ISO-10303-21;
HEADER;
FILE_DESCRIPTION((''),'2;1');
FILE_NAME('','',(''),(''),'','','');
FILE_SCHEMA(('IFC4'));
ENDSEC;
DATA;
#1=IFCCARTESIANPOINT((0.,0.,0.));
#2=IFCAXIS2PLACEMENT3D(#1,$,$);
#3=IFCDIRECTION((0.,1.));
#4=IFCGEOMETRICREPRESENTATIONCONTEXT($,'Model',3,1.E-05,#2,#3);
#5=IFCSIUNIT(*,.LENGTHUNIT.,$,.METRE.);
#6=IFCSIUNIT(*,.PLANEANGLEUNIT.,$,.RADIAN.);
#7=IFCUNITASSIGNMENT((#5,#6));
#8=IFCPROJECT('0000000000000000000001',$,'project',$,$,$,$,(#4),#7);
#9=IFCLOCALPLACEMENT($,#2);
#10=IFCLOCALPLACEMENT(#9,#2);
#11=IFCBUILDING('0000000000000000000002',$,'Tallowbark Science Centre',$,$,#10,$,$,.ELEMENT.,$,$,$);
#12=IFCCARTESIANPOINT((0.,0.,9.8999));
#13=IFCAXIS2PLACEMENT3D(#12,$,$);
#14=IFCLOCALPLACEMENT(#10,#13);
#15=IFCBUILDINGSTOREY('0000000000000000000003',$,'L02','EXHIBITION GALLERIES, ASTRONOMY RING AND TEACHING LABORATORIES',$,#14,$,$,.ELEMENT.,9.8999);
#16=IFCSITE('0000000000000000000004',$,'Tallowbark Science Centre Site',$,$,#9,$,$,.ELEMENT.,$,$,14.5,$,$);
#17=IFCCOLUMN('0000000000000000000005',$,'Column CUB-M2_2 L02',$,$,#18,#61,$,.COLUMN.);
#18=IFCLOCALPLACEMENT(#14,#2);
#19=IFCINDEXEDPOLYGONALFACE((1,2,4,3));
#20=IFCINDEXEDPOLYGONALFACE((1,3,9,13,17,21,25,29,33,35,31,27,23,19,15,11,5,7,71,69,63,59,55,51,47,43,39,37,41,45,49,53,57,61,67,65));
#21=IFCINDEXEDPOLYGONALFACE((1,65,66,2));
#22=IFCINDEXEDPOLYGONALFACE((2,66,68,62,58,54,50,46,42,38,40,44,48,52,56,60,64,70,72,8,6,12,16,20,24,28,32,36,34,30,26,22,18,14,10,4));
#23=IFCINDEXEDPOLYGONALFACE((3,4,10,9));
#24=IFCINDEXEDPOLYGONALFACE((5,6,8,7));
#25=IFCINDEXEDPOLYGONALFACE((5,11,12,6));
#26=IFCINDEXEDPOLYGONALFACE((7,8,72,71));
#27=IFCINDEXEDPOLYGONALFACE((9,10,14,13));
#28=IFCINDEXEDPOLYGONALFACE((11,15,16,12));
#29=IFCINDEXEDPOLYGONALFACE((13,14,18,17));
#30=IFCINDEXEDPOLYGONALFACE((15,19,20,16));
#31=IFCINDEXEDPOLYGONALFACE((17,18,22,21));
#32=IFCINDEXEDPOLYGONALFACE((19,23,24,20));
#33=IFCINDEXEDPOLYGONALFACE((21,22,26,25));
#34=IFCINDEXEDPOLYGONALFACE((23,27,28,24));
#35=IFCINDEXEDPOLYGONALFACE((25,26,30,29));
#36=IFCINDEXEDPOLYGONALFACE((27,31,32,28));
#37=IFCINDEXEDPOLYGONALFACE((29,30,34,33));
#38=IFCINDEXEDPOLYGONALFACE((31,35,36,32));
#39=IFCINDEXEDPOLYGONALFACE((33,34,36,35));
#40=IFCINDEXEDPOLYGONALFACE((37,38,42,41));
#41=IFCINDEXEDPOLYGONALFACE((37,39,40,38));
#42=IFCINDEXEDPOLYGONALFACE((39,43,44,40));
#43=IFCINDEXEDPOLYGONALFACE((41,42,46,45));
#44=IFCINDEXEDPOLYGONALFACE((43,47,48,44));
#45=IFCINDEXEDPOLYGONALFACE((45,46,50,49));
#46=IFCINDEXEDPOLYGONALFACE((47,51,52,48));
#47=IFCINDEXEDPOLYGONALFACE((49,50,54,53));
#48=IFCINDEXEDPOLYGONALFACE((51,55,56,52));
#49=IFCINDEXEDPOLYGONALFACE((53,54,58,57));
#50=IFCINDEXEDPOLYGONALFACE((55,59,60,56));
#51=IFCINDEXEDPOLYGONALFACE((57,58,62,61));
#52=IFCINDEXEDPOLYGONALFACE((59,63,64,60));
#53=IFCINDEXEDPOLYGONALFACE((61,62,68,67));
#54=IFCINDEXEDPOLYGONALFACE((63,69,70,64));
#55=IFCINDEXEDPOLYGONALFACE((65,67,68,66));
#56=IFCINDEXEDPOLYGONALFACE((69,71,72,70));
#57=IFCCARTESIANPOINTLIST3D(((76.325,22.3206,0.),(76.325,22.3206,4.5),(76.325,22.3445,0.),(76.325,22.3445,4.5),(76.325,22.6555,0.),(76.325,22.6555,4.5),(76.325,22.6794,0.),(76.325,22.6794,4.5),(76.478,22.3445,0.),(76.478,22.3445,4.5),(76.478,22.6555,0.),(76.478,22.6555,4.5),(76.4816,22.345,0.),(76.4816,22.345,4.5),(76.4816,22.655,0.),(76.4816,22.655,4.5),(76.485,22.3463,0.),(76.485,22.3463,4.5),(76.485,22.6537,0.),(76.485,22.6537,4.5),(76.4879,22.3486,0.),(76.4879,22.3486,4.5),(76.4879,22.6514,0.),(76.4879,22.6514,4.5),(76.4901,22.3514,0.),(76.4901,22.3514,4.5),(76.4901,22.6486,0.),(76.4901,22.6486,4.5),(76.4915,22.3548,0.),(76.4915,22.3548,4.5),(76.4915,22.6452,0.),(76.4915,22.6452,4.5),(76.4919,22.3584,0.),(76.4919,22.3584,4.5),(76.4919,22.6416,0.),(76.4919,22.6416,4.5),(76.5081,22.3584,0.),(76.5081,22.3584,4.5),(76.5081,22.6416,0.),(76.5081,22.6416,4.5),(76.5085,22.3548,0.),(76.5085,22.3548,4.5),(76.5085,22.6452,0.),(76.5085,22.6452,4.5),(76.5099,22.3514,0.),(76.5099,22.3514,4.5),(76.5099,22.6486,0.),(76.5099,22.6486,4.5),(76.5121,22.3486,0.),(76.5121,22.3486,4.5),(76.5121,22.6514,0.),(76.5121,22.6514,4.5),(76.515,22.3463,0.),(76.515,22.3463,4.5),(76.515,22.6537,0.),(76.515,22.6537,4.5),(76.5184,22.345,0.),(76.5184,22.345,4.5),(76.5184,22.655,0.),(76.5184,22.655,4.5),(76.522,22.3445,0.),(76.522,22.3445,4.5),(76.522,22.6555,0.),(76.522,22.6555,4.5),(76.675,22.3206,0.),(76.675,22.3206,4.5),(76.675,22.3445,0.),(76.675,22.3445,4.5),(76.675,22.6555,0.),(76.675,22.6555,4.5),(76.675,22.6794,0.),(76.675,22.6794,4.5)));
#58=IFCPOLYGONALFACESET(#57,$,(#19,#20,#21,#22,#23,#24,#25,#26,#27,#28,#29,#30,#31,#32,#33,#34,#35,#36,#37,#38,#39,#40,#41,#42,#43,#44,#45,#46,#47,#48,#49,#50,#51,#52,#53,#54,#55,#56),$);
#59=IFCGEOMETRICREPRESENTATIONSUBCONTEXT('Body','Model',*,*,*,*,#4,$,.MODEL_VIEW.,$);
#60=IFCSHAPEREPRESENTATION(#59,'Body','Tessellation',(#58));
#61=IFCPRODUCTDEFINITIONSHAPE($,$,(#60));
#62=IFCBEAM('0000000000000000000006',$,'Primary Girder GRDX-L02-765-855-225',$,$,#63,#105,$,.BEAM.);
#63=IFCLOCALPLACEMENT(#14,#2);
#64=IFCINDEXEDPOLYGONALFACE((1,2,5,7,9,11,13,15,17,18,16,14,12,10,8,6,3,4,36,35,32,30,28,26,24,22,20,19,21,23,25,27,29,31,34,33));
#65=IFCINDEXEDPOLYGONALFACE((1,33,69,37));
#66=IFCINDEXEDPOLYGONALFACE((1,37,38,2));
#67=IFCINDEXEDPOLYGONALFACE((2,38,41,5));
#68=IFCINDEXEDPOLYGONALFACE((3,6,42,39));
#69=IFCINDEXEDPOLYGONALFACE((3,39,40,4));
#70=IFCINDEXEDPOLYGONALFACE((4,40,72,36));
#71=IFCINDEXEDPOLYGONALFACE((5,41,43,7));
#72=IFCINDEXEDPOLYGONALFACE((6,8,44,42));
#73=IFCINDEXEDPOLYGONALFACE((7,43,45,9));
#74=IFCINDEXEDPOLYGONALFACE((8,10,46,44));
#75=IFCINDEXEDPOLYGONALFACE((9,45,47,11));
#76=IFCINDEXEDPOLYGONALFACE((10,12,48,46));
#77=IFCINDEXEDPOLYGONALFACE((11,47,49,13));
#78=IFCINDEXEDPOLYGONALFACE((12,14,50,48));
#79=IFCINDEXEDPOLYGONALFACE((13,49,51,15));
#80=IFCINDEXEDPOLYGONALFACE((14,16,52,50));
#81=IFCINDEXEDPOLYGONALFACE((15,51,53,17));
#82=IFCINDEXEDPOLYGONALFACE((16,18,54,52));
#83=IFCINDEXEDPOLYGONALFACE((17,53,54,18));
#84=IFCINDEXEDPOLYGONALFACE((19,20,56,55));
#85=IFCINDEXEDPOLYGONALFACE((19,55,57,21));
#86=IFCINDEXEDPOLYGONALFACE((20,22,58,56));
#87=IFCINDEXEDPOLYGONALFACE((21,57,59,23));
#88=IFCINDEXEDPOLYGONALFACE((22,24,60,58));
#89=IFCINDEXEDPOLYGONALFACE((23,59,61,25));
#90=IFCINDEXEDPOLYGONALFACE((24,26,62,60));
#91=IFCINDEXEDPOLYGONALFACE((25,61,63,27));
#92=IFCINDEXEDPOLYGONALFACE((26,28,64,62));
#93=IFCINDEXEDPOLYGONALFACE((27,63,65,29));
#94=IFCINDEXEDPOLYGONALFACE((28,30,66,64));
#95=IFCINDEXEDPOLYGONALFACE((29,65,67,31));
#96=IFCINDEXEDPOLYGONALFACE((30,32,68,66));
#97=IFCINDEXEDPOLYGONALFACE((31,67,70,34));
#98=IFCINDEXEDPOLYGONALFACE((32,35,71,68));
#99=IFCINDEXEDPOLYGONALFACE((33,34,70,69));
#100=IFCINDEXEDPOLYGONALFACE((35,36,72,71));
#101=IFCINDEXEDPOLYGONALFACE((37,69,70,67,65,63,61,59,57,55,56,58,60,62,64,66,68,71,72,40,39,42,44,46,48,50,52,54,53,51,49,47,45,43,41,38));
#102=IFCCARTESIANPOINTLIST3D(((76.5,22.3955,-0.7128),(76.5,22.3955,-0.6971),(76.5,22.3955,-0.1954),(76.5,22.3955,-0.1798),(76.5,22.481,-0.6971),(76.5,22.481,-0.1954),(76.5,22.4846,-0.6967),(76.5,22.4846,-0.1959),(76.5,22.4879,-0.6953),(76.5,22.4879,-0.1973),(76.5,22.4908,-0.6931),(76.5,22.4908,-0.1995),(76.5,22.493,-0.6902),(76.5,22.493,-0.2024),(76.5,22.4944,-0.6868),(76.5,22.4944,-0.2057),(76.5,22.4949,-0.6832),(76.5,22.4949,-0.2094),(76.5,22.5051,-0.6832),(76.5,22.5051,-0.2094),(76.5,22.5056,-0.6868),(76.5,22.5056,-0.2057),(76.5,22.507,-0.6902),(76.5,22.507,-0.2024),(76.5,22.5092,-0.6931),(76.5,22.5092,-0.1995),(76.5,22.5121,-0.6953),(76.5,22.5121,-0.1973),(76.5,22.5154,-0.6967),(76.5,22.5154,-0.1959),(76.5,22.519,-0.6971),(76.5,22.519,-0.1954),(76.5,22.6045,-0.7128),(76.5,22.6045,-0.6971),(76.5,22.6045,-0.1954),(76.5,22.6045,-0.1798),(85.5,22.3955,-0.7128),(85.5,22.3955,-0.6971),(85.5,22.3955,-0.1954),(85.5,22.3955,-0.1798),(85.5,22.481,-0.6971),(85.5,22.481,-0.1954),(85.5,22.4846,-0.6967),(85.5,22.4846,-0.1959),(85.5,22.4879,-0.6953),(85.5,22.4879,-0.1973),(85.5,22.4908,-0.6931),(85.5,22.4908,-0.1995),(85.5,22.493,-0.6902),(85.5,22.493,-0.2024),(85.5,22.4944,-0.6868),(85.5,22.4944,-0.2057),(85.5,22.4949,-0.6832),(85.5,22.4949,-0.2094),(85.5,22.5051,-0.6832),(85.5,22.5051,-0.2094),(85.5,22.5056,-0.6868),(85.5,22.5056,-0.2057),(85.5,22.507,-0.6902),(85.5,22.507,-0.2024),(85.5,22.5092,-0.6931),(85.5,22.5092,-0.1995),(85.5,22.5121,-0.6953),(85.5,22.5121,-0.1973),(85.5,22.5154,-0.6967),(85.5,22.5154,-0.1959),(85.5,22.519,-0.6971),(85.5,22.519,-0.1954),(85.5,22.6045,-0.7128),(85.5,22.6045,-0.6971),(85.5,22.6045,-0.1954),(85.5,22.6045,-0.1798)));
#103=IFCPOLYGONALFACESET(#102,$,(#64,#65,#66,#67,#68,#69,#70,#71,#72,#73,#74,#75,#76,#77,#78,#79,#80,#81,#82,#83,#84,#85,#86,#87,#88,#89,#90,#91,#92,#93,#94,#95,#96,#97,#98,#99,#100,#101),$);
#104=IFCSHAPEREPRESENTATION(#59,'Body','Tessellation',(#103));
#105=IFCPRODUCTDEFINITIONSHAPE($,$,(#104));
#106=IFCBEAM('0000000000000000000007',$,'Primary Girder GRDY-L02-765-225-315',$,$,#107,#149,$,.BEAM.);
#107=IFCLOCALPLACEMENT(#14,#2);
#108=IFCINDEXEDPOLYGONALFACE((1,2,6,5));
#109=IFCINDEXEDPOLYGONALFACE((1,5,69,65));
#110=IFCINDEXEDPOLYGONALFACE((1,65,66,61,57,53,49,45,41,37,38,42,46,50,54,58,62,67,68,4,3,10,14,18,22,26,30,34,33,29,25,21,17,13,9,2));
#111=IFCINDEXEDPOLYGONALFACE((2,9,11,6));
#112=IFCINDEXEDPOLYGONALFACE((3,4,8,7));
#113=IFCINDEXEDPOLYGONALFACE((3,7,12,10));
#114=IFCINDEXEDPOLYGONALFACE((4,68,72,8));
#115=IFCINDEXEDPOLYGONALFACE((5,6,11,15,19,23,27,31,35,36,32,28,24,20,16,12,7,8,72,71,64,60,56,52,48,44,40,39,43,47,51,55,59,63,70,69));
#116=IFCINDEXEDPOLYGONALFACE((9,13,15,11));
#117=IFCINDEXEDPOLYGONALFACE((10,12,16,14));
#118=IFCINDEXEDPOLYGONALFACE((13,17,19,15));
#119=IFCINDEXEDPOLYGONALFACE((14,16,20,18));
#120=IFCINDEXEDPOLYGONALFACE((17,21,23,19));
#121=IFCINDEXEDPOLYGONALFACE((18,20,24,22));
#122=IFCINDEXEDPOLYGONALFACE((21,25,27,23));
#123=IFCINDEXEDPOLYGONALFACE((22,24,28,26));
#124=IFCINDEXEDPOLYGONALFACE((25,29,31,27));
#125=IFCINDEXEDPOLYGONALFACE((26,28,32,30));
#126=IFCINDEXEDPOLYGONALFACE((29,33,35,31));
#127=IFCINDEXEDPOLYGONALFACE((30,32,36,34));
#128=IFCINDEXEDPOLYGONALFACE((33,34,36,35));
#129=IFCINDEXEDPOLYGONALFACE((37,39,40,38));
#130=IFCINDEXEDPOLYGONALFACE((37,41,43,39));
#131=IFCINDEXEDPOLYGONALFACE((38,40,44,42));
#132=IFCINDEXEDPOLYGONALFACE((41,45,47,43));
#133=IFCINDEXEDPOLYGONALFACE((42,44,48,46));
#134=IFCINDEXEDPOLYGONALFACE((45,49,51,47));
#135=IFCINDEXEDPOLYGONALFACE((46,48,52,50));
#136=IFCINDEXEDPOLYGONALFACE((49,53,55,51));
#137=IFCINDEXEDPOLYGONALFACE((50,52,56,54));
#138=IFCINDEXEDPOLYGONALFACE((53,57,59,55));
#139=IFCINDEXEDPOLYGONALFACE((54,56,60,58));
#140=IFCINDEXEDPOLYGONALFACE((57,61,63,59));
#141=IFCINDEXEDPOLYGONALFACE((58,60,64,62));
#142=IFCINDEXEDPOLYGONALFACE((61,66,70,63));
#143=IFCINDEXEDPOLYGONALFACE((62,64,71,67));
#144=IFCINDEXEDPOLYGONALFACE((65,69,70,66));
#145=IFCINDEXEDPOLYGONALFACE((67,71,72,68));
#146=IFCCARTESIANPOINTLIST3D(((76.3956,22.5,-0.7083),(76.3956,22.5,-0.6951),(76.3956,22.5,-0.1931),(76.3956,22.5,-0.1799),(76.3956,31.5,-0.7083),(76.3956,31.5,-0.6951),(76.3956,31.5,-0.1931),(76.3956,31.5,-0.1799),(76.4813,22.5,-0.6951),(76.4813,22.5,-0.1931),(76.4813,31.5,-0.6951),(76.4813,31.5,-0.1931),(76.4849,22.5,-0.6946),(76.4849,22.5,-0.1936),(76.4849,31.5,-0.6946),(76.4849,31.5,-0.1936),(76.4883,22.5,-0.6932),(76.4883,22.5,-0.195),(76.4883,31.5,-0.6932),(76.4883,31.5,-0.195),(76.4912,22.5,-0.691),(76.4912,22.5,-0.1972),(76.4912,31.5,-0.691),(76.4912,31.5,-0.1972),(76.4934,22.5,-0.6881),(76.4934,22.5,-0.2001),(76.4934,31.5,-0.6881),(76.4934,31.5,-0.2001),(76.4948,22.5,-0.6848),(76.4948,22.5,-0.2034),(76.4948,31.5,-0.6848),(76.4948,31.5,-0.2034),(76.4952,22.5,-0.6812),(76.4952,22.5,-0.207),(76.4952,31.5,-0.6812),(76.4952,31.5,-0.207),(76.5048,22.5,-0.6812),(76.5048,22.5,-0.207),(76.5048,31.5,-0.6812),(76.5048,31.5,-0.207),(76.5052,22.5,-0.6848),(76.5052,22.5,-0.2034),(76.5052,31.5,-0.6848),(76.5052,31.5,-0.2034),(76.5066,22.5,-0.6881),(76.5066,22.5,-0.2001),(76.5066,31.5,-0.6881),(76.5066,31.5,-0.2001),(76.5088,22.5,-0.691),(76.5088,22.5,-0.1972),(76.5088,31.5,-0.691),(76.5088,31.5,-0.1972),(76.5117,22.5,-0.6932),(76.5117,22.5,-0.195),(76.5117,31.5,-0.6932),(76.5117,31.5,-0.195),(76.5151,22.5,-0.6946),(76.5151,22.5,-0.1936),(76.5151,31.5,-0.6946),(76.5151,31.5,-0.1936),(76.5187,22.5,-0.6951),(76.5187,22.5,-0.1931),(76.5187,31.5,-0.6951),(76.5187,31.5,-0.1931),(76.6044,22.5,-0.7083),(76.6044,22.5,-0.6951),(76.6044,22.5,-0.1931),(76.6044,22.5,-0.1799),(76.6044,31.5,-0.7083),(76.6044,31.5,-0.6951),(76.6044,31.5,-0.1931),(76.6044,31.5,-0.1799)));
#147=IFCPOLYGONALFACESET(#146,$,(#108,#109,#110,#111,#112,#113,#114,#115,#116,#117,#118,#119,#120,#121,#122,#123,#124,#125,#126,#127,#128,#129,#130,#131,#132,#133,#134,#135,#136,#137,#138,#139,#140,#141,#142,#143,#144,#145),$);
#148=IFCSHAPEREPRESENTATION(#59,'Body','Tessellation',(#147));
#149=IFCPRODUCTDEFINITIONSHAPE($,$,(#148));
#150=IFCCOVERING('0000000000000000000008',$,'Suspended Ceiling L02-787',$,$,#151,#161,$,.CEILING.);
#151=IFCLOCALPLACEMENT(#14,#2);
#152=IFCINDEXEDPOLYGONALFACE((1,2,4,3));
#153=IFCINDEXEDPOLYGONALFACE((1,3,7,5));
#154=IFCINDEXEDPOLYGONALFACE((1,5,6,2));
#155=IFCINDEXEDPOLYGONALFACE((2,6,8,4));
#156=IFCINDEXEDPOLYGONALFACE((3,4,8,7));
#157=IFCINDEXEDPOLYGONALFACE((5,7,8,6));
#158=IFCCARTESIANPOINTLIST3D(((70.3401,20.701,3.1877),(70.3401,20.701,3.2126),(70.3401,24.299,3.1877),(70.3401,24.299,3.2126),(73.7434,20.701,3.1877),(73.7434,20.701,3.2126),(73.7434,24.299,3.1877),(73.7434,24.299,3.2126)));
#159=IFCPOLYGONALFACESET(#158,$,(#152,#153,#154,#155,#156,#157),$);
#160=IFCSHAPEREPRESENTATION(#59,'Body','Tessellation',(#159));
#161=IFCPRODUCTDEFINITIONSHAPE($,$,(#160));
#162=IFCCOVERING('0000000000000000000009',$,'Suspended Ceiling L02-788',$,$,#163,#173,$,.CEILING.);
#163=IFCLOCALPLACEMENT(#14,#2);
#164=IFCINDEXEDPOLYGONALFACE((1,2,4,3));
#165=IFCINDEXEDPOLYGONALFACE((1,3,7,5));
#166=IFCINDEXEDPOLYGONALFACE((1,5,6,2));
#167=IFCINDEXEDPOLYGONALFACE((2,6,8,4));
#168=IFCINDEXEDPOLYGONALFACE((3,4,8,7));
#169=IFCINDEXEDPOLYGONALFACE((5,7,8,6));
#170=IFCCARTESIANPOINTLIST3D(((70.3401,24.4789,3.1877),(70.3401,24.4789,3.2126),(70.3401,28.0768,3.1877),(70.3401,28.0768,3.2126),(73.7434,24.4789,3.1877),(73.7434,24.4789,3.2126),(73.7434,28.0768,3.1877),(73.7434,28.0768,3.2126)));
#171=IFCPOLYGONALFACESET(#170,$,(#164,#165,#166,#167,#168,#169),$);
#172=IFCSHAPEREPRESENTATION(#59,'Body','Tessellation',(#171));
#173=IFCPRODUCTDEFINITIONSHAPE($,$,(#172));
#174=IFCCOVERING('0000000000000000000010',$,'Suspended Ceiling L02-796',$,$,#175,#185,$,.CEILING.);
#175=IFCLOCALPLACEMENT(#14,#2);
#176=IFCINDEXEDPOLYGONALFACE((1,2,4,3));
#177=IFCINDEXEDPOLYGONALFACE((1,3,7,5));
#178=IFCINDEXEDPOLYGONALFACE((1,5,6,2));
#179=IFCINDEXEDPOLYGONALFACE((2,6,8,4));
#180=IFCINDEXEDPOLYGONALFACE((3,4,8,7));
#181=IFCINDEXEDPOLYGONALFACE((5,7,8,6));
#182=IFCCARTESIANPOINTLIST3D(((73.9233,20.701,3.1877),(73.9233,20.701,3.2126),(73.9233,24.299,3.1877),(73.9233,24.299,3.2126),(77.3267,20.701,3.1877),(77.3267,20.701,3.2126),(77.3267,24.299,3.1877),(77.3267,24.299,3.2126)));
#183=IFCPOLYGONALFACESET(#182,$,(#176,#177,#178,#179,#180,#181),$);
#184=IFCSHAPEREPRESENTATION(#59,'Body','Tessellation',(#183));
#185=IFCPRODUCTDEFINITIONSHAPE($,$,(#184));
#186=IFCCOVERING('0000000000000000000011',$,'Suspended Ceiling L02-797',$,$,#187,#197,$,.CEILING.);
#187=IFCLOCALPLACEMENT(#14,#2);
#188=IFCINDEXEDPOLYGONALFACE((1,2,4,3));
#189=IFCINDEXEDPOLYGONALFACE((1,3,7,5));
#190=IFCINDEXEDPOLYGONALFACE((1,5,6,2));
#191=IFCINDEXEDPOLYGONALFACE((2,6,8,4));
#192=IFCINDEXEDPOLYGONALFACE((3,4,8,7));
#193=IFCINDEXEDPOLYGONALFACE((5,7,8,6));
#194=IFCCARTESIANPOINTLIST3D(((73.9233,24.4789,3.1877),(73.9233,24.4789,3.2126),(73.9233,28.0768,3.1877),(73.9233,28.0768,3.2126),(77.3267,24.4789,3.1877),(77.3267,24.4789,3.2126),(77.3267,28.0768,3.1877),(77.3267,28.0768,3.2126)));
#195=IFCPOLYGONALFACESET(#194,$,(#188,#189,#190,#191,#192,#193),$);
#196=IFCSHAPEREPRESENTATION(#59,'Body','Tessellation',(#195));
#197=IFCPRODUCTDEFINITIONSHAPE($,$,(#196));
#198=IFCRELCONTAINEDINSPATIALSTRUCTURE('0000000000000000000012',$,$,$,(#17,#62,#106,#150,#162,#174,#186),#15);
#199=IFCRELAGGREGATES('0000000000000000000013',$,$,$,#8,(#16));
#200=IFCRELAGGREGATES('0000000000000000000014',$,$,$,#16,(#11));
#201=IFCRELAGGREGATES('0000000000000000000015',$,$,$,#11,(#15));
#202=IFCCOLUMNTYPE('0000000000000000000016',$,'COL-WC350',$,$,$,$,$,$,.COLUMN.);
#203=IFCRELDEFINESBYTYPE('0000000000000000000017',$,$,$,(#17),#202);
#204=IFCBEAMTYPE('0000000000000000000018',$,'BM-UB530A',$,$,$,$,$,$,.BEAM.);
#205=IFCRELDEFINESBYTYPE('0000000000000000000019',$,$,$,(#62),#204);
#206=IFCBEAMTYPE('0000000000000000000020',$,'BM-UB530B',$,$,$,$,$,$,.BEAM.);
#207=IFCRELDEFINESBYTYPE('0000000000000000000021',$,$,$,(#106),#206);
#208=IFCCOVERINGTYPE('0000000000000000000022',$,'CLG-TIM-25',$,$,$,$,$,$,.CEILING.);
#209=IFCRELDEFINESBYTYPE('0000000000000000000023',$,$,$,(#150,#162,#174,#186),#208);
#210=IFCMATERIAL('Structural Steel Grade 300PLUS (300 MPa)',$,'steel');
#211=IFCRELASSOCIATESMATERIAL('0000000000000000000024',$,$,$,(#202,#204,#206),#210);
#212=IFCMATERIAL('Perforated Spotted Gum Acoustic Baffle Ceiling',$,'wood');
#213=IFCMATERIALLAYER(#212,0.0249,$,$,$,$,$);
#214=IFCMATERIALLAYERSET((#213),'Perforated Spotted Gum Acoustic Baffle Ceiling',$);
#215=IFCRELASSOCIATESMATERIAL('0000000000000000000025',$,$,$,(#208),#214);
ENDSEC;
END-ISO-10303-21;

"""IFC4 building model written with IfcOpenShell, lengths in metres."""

from ifc_helpers import new_model, si_unit, direction, frame, origin, origin_2d, place, context, subcontext, project, spatial, rectangle, i_section, extrude, material, layer, layer_set, material_profile, profile_set, type_object, element, save


model = new_model("IFC4")

# Units and contexts
model_context = context("Model", 3, precision=1e-05, world=origin(), true_north=direction((0.0, 1.0)))
body_context = subcontext(model_context, "Body", "Model", "MODEL_VIEW")
ifc_project = project(units=[si_unit("LENGTHUNIT", "METRE"), si_unit("PLANEANGLEUNIT", "RADIAN")], contexts=[model_context])

# Site, building, storey
site_placement = place(None, origin())
site = spatial("IfcSite", under=ifc_project, at=site_placement, Name="Tallowbark Science Centre Site", CompositionType="ELEMENT", RefElevation=14.5)
building_placement = place(site_placement, origin())
building = spatial("IfcBuilding", under=site, at=building_placement, Name="Tallowbark Science Centre", CompositionType="ELEMENT")
storey_placement = place(building_placement, frame((0.0, 0.0, 9.8999)))
storey = spatial("IfcBuildingStorey", under=building, at=storey_placement, Name="L02", Description="EXHIBITION GALLERIES, ASTRONOMY RING AND TEACHING LABORATORIES", CompositionType="ELEMENT", Elevation=9.8999)

# Column
ifc_material_1 = material(Name="Structural Steel Grade 300PLUS (300 MPa)", Category="steel")
ifc_material_profile_1 = material_profile(ifc_material_1, i_section(OverallWidth=0.3501, OverallDepth=0.3589, WebThickness=0.0161, FlangeThickness=0.0239, FilletRadius=0.0139, at=origin_2d()), Name="350WC197")
ifc_profile_set_1 = profile_set([ifc_material_profile_1], Name="Structural Steel Grade 300PLUS (300 MPa)")
column_type = type_object("IfcColumnType", Name="COL-WC350", PredefinedType="COLUMN", material=ifc_profile_set_1)
column_placement = place(storey_placement, frame((76.5, 22.5, 0.0), z_axis=(0.0, 0.0, 1.0), x_axis=(1.0, 0.0, 0.0)))
element("IfcColumn", 1, at=column_placement, inside=storey, type_object=column_type, Name="Column CUB-M2_2 L02", PredefinedType="COLUMN", context=body_context, shape_type="SweptSolid", body=[
    extrude(i_section(OverallWidth=0.3501, OverallDepth=0.3589, WebThickness=0.0161, FlangeThickness=0.0239, FilletRadius=0.0139, at=origin_2d()), origin(), (0.0, 0.0, 1.0), 4.5),
])

# Beams
ifc_material_profile_2 = material_profile(ifc_material_1, i_section(OverallWidth=0.209, OverallDepth=0.533, WebThickness=0.0103, FlangeThickness=0.0156, FilletRadius=0.0139, at=origin_2d()), Name="530UB92.4")
ifc_profile_set_2 = profile_set([ifc_material_profile_2], Name="Structural Steel Grade 300PLUS (300 MPa)")
beam_type_1 = type_object("IfcBeamType", Name="BM-UB530A", PredefinedType="BEAM", material=ifc_profile_set_2)
beam_1_placement = place(storey_placement, frame((76.5, 22.5, -0.4463), z_axis=(1.0, 0.0, 0.0), x_axis=(0.0, 1.0, 0.0)))
element("IfcBeam", 2, at=beam_1_placement, inside=storey, type_object=beam_type_1, Name="Primary Girder GRDX-L02-765-855-225", PredefinedType="BEAM", context=body_context, shape_type="SweptSolid", body=[
    extrude(i_section(OverallWidth=0.209, OverallDepth=0.533, WebThickness=0.0103, FlangeThickness=0.0156, FilletRadius=0.0139, at=origin_2d()), origin(), (0.0, 0.0, 1.0), 9.0),
])
ifc_material_profile_3 = material_profile(ifc_material_1, i_section(OverallWidth=0.2087, OverallDepth=0.5283, WebThickness=0.0095, FlangeThickness=0.0132, FilletRadius=0.0139, at=origin_2d()), Name="530UB82.0")
ifc_profile_set_3 = profile_set([ifc_material_profile_3], Name="Structural Steel Grade 300PLUS (300 MPa)")
beam_type_2 = type_object("IfcBeamType", Name="BM-UB530B", PredefinedType="BEAM", material=ifc_profile_set_3)
beam_2_placement = place(storey_placement, frame((76.5, 22.5, -0.4441), z_axis=(0.0, 1.0, 0.0), x_axis=(-1.0, 0.0, 0.0)))
element("IfcBeam", 3, at=beam_2_placement, inside=storey, type_object=beam_type_2, Name="Primary Girder GRDY-L02-765-225-315", PredefinedType="BEAM", context=body_context, shape_type="SweptSolid", body=[
    extrude(i_section(OverallWidth=0.2087, OverallDepth=0.5283, WebThickness=0.0095, FlangeThickness=0.0132, FilletRadius=0.0139, at=origin_2d()), origin(), (0.0, 0.0, 1.0), 9.0),
])

# Coverings
ifc_material_2 = material(Name="Perforated Spotted Gum Acoustic Baffle Ceiling", Category="wood")
ifc_layer_1 = layer(ifc_material_2, 0.0249)
ifc_layer_set_1 = layer_set([ifc_layer_1], Name="Perforated Spotted Gum Acoustic Baffle Ceiling")
covering_type_1 = type_object("IfcCoveringType", Name="CLG-TIM-25", PredefinedType="CEILING", material=ifc_layer_set_1)
for number, where, z_axis, x_axis, name in (
    (4, (72.0417, 22.5, 3.1877), (0.0, 0.0, 1.0), (1.0, 0.0, 0.0), "Suspended Ceiling L02-787"),
    (5, (72.0417, 26.2778, 3.1877), (0.0, 0.0, 1.0), (1.0, 0.0, 0.0), "Suspended Ceiling L02-788"),
    (6, (75.625, 22.5, 3.1877), (0.0, 0.0, 1.0), (1.0, 0.0, 0.0), "Suspended Ceiling L02-796"),
    (7, (75.625, 26.2778, 3.1877), (0.0, 0.0, 1.0), (1.0, 0.0, 0.0), "Suspended Ceiling L02-797"),
):
    element("IfcCovering", number, at=place(storey_placement, frame(where, z_axis=z_axis, x_axis=x_axis)), inside=storey, type_object=covering_type_1, Name=name, PredefinedType="CEILING", context=body_context, shape_type="SweptSolid", body=[
        extrude(rectangle(XDim=3.4033, YDim=3.5979, at=origin_2d()), origin(), (0.0, 0.0, 1.0), 0.0249),
    ])

save(model, "model.ifc")
